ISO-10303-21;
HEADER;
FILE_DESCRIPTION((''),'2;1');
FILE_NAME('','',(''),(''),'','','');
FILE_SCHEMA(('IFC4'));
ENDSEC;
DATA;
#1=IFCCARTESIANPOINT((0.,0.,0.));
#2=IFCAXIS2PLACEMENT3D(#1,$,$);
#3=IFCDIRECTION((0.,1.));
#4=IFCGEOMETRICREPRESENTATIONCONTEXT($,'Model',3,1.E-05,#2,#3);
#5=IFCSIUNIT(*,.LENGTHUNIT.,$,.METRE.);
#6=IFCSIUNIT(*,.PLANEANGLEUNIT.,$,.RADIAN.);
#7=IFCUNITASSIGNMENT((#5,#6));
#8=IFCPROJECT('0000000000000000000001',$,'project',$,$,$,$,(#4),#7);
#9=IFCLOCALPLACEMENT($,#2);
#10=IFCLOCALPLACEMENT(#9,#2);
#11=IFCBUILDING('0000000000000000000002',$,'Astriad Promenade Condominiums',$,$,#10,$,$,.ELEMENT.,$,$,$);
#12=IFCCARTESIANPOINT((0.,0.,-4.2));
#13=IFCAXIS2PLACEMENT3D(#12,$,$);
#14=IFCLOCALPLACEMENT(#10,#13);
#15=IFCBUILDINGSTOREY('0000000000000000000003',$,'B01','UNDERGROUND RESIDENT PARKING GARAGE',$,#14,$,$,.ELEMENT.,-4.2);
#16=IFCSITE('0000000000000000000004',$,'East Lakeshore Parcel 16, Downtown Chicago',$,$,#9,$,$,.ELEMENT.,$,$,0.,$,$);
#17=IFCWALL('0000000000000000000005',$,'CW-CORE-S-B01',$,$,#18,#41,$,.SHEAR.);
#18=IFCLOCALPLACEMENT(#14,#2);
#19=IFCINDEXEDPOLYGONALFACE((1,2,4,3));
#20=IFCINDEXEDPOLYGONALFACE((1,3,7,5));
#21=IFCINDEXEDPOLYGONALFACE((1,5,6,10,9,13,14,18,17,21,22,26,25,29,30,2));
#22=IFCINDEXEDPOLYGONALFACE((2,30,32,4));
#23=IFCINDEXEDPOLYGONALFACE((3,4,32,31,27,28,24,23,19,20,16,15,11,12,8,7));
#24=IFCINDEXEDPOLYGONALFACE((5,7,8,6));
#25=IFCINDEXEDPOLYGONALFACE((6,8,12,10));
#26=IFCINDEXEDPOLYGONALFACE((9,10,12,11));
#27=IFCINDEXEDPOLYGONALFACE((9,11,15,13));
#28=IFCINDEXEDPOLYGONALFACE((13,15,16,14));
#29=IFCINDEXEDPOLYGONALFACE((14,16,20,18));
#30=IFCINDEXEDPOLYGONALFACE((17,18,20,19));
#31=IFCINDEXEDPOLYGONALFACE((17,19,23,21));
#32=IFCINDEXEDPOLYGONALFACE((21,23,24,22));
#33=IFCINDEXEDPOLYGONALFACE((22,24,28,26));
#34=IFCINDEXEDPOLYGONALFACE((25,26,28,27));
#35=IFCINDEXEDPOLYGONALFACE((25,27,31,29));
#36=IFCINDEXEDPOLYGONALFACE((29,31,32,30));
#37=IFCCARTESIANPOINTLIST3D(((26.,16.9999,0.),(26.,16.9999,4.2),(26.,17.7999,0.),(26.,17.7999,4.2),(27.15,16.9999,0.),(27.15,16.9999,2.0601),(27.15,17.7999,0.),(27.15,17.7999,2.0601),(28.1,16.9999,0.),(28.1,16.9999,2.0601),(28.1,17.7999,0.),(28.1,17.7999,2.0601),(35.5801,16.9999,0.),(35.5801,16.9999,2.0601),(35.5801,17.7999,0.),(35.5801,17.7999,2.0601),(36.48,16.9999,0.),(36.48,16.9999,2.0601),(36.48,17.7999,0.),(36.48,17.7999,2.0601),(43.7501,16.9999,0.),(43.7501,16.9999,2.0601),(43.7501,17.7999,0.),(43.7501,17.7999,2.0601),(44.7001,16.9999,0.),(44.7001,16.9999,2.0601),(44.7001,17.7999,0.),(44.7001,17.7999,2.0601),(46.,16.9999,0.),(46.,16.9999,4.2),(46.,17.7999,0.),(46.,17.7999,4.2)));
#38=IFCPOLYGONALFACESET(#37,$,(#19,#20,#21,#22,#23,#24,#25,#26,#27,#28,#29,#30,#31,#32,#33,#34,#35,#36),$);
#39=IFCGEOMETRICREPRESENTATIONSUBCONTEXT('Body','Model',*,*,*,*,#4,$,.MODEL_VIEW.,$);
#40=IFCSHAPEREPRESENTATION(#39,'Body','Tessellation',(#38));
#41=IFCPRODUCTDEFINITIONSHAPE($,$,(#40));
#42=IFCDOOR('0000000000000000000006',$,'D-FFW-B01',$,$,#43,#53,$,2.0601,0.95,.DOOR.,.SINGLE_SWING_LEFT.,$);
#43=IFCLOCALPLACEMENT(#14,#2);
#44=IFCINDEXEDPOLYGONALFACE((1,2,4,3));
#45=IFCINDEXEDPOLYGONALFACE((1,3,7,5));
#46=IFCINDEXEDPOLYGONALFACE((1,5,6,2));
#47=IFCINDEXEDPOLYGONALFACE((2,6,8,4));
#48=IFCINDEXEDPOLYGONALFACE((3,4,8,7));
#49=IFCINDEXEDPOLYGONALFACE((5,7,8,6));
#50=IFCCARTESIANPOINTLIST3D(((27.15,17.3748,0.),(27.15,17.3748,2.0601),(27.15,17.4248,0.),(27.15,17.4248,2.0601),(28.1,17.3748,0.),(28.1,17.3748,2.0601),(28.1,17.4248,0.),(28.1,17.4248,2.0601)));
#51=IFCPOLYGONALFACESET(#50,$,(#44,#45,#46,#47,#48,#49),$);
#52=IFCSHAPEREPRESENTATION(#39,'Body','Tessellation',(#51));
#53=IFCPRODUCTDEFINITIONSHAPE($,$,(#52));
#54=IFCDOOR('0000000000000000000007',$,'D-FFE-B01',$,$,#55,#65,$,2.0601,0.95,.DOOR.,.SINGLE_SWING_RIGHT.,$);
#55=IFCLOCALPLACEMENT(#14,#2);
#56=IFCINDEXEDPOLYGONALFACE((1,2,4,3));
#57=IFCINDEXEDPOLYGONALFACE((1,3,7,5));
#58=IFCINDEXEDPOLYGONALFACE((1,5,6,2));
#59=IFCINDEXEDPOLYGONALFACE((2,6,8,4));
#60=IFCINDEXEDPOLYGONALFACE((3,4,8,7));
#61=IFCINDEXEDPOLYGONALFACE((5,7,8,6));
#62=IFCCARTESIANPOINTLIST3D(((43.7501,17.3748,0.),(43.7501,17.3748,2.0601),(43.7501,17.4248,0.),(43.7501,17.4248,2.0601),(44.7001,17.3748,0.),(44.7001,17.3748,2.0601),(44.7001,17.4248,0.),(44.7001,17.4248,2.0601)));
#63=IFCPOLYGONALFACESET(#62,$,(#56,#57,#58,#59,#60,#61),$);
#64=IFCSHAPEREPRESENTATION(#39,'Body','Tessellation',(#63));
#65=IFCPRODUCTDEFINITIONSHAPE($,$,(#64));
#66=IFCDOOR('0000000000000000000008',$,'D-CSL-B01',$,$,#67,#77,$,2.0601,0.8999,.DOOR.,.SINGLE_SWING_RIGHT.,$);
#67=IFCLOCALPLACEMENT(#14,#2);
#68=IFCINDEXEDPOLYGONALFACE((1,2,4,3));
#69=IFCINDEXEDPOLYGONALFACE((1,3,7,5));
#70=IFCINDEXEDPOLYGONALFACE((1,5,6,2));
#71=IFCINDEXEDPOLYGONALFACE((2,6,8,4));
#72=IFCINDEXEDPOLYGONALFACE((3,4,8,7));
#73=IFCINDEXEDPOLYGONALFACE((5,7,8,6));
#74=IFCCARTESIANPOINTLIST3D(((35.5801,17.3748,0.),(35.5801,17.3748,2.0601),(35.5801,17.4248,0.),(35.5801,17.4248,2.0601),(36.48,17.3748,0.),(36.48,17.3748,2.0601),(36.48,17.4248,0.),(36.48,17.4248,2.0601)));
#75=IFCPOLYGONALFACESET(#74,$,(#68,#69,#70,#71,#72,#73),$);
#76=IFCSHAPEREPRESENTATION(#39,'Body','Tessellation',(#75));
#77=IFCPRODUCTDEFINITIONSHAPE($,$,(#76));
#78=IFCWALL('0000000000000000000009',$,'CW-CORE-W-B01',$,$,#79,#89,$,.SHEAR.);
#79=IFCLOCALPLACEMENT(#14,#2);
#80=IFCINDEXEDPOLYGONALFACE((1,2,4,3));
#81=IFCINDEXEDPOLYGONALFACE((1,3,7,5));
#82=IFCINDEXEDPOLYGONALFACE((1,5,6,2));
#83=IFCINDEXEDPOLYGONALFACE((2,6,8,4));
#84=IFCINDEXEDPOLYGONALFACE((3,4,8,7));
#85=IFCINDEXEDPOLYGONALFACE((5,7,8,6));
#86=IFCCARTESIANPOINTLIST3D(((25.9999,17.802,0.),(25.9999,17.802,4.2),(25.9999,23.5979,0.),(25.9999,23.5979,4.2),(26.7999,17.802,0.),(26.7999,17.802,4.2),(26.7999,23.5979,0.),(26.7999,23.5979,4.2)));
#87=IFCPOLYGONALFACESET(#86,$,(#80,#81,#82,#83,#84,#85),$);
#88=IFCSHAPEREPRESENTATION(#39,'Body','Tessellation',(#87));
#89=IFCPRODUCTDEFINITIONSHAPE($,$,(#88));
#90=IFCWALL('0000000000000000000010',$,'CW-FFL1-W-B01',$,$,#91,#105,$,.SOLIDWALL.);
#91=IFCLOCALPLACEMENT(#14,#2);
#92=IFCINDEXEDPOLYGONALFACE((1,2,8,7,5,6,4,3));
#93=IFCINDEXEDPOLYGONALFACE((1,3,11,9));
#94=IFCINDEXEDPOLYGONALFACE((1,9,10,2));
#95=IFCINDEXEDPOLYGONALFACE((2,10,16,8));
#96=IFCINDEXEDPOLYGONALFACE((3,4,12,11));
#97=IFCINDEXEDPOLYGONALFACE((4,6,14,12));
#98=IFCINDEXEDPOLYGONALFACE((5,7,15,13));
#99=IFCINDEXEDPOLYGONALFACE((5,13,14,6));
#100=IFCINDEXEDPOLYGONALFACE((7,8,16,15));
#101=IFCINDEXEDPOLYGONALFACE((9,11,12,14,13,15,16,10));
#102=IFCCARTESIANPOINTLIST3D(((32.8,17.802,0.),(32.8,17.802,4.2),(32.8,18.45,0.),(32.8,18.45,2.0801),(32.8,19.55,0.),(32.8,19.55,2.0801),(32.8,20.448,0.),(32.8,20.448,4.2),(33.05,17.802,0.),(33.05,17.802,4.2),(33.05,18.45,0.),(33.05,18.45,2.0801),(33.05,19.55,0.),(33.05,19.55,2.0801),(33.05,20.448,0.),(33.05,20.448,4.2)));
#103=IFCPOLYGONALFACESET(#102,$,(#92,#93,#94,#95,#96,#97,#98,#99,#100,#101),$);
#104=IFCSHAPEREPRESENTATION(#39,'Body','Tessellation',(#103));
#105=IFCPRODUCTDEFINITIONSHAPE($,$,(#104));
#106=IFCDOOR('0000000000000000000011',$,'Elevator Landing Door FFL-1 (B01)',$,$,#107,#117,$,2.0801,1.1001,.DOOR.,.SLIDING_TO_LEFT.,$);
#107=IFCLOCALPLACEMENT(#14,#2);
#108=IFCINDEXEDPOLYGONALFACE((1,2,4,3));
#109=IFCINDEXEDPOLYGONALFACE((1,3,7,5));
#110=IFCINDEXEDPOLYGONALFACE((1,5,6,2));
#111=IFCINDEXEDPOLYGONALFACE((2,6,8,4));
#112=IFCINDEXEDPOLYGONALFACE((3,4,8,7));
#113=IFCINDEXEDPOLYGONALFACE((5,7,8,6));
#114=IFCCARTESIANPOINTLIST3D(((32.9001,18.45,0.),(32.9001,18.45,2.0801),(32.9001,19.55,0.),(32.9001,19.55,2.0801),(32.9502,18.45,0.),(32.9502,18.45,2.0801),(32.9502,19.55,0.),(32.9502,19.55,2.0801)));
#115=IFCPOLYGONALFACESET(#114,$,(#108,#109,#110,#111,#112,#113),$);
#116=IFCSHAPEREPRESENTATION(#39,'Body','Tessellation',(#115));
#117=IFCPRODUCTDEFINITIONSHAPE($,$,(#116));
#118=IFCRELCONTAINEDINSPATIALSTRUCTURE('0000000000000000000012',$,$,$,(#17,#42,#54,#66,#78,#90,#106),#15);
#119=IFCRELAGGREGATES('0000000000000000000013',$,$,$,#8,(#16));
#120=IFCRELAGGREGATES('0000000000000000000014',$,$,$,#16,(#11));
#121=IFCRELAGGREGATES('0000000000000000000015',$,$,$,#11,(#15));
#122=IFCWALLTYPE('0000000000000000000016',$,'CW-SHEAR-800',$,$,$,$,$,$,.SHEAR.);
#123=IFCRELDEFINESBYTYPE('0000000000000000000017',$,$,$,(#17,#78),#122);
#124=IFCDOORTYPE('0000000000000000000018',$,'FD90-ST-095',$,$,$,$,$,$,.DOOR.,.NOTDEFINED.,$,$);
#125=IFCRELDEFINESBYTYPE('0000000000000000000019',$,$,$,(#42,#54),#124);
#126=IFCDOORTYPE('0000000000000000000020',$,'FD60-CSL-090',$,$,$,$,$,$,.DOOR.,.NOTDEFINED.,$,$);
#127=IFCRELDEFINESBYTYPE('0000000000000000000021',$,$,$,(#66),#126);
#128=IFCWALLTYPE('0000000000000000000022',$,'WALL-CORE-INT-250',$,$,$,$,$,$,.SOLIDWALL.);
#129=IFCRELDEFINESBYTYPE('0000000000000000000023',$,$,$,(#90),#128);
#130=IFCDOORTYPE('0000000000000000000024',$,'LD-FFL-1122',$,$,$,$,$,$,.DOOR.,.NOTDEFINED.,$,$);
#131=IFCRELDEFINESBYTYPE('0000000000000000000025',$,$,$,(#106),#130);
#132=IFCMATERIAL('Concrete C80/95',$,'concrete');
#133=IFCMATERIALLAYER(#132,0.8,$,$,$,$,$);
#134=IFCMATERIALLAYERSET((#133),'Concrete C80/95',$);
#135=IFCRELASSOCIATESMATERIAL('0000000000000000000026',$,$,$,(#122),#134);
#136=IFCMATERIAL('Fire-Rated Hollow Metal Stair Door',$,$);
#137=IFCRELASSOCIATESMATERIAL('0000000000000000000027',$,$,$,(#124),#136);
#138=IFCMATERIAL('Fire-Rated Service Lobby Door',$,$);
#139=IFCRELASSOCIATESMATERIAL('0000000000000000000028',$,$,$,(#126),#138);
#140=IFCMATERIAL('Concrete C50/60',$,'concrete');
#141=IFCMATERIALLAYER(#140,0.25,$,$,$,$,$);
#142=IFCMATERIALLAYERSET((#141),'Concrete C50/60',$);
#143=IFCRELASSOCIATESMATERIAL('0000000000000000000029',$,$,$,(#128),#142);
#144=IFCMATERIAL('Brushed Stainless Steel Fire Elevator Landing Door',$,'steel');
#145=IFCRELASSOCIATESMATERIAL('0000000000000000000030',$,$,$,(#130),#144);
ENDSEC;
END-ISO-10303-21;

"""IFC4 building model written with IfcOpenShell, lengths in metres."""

from ifc_helpers import new_model, si_unit, direction, frame, frame_2d, origin, place, context, subcontext, project, spatial, rectangle, extrude, source, transform, mapped, material, layer, layer_set, type_object, type_shapes, element, fill, save


model = new_model("IFC4")

# Units and contexts
model_context = context("Model", 3, precision=1e-05, world=origin(), true_north=direction((0.0, 1.0)))
body_context = subcontext(model_context, "Body", "Model", "MODEL_VIEW")
ifc_project = project(units=[si_unit("LENGTHUNIT", "METRE"), si_unit("PLANEANGLEUNIT", "RADIAN")], contexts=[model_context])

# Site, building, storey
site_placement = place(None, origin())
site = spatial("IfcSite", under=ifc_project, at=site_placement, Name="East Lakeshore Parcel 16, Downtown Chicago", CompositionType="ELEMENT", RefElevation=0.0)
building_placement = place(site_placement, origin())
building = spatial("IfcBuilding", under=site, at=building_placement, Name="Astriad Promenade Condominiums", CompositionType="ELEMENT")
storey_placement = place(building_placement, frame((0.0, 0.0, -4.2)))
storey = spatial("IfcBuildingStorey", under=building, at=storey_placement, Name="B01", Description="UNDERGROUND RESIDENT PARKING GARAGE", CompositionType="ELEMENT", Elevation=-4.2)

# Shared definitions
ifc_material_1 = material(Name="Concrete C80/95", Category="concrete")

# Shared definitions
ifc_material_2 = material(Name="Concrete C50/60", Category="concrete")

# Wall, openings, doors
ifc_layer_1 = layer(ifc_material_1, 0.8)
ifc_layer_set_1 = layer_set([ifc_layer_1], Name="Concrete C80/95")
wall_type_1 = type_object("IfcWallType", Name="CW-SHEAR-800", PredefinedType="SHEAR", material=ifc_layer_set_1)
wall_1_placement = place(storey_placement, frame((26.0, 17.3999, 0.0), z_axis=(0.0, 0.0, 1.0), x_axis=(1.0, 0.0, 0.0)))
wall_1 = element("IfcWall", 1, at=wall_1_placement, inside=storey, type_object=wall_type_1, Name="CW-CORE-S-B01", PredefinedType="SHEAR", context=body_context, shape_type="SweptSolid", body=[
    extrude(rectangle(XDim=20.0, YDim=0.8, at=frame_2d((10.0, 0.0))), origin(), (0.0, 0.0, 1.0), 4.2),
])
opening_1_placement = place(wall_1_placement, frame((1.1499, 0.0, 0.0)))
opening_1 = element("IfcOpeningElement", 2, at=opening_1_placement, cuts=wall_1, PredefinedType="OPENING", context=body_context, shape_type="SweptSolid", body=[
    extrude(rectangle(XDim=0.95, YDim=2.0601, at=frame_2d((0.4751, 1.03))), frame((0.0, 0.4099, 0.0), z_axis=(0.0, -1.0, 0.0), x_axis=(1.0, 0.0, 0.0)), (0.0, 0.0, 1.0), 0.8201),
])
opening_2_placement = place(wall_1_placement, frame((9.5801, 0.0, 0.0)))
opening_2 = element("IfcOpeningElement", 3, at=opening_2_placement, cuts=wall_1, PredefinedType="OPENING", context=body_context, shape_type="SweptSolid", body=[
    extrude(rectangle(XDim=0.8999, YDim=2.0601, at=frame_2d((0.45, 1.03))), frame((0.0, 0.4099, 0.0), z_axis=(0.0, -1.0, 0.0), x_axis=(1.0, 0.0, 0.0)), (0.0, 0.0, 1.0), 0.8201),
])
opening_3_placement = place(wall_1_placement, frame((17.75, 0.0, 0.0)))
opening_3 = element("IfcOpeningElement", 4, at=opening_3_placement, cuts=wall_1, PredefinedType="OPENING", context=body_context, shape_type="SweptSolid", body=[
    extrude(rectangle(XDim=0.95, YDim=2.0601, at=frame_2d((0.4751, 1.03))), frame((0.0, 0.4099, 0.0), z_axis=(0.0, -1.0, 0.0), x_axis=(1.0, 0.0, 0.0)), (0.0, 0.0, 1.0), 0.8201),
])
ifc_material_3 = material(Name="Fire-Rated Hollow Metal Stair Door")
door_type_1 = type_object("IfcDoorType", Name="FD90-ST-095", OperationType="NOTDEFINED", PredefinedType="DOOR", material=ifc_material_3)
shared_shape_1 = source(origin(), body_context, "Body", "SweptSolid", [
    extrude(rectangle(XDim=0.95, YDim=2.0601, at=frame_2d((0.4751, 1.03))), frame((0.0, 0.0249, 0.0), z_axis=(0.0, -1.0, 0.0), x_axis=(1.0, 0.0, 0.0)), (0.0, 0.0, 1.0), 0.05),
])
type_shapes(door_type_1, [shared_shape_1])
door_1_placement = place(opening_1_placement, origin())
door_1 = element("IfcDoor", 5, at=door_1_placement, inside=storey, type_object=door_type_1, Name="D-FFW-B01", OperationType="SINGLE_SWING_LEFT", OverallHeight=2.0601, OverallWidth=0.95, PredefinedType="DOOR", context=body_context, shape_type="MappedRepresentation", body=[
    mapped(shared_shape_1, transform((0.0, 0.0, 0.0), scale=1.0)),
])
fill(opening_1, door_1)
door_2_placement = place(opening_3_placement, origin())
door_2 = element("IfcDoor", 6, at=door_2_placement, inside=storey, type_object=door_type_1, Name="D-FFE-B01", OperationType="SINGLE_SWING_RIGHT", OverallHeight=2.0601, OverallWidth=0.95, PredefinedType="DOOR", context=body_context, shape_type="MappedRepresentation", body=[
    mapped(shared_shape_1, transform((0.0, 0.0, 0.0), scale=1.0)),
])
fill(opening_3, door_2)
ifc_material_4 = material(Name="Fire-Rated Service Lobby Door")
door_type_2 = type_object("IfcDoorType", Name="FD60-CSL-090", OperationType="NOTDEFINED", PredefinedType="DOOR", material=ifc_material_4)
shared_shape_2 = source(origin(), body_context, "Body", "SweptSolid", [
    extrude(rectangle(XDim=0.8999, YDim=2.0601, at=frame_2d((0.45, 1.03))), frame((0.0, 0.0249, 0.0), z_axis=(0.0, -1.0, 0.0), x_axis=(1.0, 0.0, 0.0)), (0.0, 0.0, 1.0), 0.05),
])
type_shapes(door_type_2, [shared_shape_2])
door_3_placement = place(opening_2_placement, origin())
door_3 = element("IfcDoor", 7, at=door_3_placement, inside=storey, type_object=door_type_2, Name="D-CSL-B01", OperationType="SINGLE_SWING_RIGHT", OverallHeight=2.0601, OverallWidth=0.8999, PredefinedType="DOOR", context=body_context, shape_type="MappedRepresentation", body=[
    mapped(shared_shape_2, transform((0.0, 0.0, 0.0), scale=1.0)),
])
fill(opening_2, door_3)

# Wall
wall_2_placement = place(storey_placement, frame((26.3999, 17.802, 0.0), z_axis=(0.0, 0.0, 1.0), x_axis=(0.0, 1.0, 0.0)))
element("IfcWall", 8, at=wall_2_placement, inside=storey, type_object=wall_type_1, Name="CW-CORE-W-B01", PredefinedType="SHEAR", context=body_context, shape_type="SweptSolid", body=[
    extrude(rectangle(XDim=5.7959, YDim=0.8, at=frame_2d((2.8979, 0.0))), origin(), (0.0, 0.0, 1.0), 4.2),
])

# Wall, opening, door
ifc_layer_2 = layer(ifc_material_2, 0.25)
ifc_layer_set_2 = layer_set([ifc_layer_2], Name="Concrete C50/60")
wall_type_2 = type_object("IfcWallType", Name="WALL-CORE-INT-250", PredefinedType="SOLIDWALL", material=ifc_layer_set_2)
wall_3_placement = place(storey_placement, frame((32.925, 17.802, 0.0), z_axis=(0.0, 0.0, 1.0), x_axis=(0.0, 1.0, 0.0)))
wall_3 = element("IfcWall", 9, at=wall_3_placement, inside=storey, type_object=wall_type_2, Name="CW-FFL1-W-B01", PredefinedType="SOLIDWALL", context=body_context, shape_type="SweptSolid", body=[
    extrude(rectangle(XDim=2.646, YDim=0.25, at=frame_2d((1.323, 0.0))), origin(), (0.0, 0.0, 1.0), 4.2),
])
opening_4_placement = place(wall_3_placement, frame((0.6479, 0.0, 0.0)))
opening_4 = element("IfcOpeningElement", 10, at=opening_4_placement, cuts=wall_3, PredefinedType="OPENING", context=body_context, shape_type="SweptSolid", body=[
    extrude(rectangle(XDim=1.1001, YDim=2.0801, at=frame_2d((0.55, 1.04))), frame((0.0, 0.135, 0.0), z_axis=(0.0, -1.0, 0.0), x_axis=(1.0, 0.0, 0.0)), (0.0, 0.0, 1.0), 0.27),
])
ifc_material_5 = material(Name="Brushed Stainless Steel Fire Elevator Landing Door", Category="steel")
door_type_3 = type_object("IfcDoorType", Name="LD-FFL-1122", OperationType="NOTDEFINED", PredefinedType="DOOR", material=ifc_material_5)
shared_shape_3 = source(origin(), body_context, "Body", "SweptSolid", [
    extrude(rectangle(XDim=1.1001, YDim=2.0801, at=frame_2d((0.55, 1.04))), frame((0.0, 0.0249, 0.0), z_axis=(0.0, -1.0, 0.0), x_axis=(1.0, 0.0, 0.0)), (0.0, 0.0, 1.0), 0.05),
])
type_shapes(door_type_3, [shared_shape_3])
door_4_placement = place(opening_4_placement, origin())
door_4 = element("IfcDoor", 11, at=door_4_placement, inside=storey, type_object=door_type_3, Name="Elevator Landing Door FFL-1 (B01)", OperationType="SLIDING_TO_LEFT", OverallHeight=2.0801, OverallWidth=1.1001, PredefinedType="DOOR", context=body_context, shape_type="MappedRepresentation", body=[
    mapped(shared_shape_3, transform((0.0, 0.0, 0.0), scale=1.0)),
])
fill(opening_4, door_4)

save(model, "model.ifc")
